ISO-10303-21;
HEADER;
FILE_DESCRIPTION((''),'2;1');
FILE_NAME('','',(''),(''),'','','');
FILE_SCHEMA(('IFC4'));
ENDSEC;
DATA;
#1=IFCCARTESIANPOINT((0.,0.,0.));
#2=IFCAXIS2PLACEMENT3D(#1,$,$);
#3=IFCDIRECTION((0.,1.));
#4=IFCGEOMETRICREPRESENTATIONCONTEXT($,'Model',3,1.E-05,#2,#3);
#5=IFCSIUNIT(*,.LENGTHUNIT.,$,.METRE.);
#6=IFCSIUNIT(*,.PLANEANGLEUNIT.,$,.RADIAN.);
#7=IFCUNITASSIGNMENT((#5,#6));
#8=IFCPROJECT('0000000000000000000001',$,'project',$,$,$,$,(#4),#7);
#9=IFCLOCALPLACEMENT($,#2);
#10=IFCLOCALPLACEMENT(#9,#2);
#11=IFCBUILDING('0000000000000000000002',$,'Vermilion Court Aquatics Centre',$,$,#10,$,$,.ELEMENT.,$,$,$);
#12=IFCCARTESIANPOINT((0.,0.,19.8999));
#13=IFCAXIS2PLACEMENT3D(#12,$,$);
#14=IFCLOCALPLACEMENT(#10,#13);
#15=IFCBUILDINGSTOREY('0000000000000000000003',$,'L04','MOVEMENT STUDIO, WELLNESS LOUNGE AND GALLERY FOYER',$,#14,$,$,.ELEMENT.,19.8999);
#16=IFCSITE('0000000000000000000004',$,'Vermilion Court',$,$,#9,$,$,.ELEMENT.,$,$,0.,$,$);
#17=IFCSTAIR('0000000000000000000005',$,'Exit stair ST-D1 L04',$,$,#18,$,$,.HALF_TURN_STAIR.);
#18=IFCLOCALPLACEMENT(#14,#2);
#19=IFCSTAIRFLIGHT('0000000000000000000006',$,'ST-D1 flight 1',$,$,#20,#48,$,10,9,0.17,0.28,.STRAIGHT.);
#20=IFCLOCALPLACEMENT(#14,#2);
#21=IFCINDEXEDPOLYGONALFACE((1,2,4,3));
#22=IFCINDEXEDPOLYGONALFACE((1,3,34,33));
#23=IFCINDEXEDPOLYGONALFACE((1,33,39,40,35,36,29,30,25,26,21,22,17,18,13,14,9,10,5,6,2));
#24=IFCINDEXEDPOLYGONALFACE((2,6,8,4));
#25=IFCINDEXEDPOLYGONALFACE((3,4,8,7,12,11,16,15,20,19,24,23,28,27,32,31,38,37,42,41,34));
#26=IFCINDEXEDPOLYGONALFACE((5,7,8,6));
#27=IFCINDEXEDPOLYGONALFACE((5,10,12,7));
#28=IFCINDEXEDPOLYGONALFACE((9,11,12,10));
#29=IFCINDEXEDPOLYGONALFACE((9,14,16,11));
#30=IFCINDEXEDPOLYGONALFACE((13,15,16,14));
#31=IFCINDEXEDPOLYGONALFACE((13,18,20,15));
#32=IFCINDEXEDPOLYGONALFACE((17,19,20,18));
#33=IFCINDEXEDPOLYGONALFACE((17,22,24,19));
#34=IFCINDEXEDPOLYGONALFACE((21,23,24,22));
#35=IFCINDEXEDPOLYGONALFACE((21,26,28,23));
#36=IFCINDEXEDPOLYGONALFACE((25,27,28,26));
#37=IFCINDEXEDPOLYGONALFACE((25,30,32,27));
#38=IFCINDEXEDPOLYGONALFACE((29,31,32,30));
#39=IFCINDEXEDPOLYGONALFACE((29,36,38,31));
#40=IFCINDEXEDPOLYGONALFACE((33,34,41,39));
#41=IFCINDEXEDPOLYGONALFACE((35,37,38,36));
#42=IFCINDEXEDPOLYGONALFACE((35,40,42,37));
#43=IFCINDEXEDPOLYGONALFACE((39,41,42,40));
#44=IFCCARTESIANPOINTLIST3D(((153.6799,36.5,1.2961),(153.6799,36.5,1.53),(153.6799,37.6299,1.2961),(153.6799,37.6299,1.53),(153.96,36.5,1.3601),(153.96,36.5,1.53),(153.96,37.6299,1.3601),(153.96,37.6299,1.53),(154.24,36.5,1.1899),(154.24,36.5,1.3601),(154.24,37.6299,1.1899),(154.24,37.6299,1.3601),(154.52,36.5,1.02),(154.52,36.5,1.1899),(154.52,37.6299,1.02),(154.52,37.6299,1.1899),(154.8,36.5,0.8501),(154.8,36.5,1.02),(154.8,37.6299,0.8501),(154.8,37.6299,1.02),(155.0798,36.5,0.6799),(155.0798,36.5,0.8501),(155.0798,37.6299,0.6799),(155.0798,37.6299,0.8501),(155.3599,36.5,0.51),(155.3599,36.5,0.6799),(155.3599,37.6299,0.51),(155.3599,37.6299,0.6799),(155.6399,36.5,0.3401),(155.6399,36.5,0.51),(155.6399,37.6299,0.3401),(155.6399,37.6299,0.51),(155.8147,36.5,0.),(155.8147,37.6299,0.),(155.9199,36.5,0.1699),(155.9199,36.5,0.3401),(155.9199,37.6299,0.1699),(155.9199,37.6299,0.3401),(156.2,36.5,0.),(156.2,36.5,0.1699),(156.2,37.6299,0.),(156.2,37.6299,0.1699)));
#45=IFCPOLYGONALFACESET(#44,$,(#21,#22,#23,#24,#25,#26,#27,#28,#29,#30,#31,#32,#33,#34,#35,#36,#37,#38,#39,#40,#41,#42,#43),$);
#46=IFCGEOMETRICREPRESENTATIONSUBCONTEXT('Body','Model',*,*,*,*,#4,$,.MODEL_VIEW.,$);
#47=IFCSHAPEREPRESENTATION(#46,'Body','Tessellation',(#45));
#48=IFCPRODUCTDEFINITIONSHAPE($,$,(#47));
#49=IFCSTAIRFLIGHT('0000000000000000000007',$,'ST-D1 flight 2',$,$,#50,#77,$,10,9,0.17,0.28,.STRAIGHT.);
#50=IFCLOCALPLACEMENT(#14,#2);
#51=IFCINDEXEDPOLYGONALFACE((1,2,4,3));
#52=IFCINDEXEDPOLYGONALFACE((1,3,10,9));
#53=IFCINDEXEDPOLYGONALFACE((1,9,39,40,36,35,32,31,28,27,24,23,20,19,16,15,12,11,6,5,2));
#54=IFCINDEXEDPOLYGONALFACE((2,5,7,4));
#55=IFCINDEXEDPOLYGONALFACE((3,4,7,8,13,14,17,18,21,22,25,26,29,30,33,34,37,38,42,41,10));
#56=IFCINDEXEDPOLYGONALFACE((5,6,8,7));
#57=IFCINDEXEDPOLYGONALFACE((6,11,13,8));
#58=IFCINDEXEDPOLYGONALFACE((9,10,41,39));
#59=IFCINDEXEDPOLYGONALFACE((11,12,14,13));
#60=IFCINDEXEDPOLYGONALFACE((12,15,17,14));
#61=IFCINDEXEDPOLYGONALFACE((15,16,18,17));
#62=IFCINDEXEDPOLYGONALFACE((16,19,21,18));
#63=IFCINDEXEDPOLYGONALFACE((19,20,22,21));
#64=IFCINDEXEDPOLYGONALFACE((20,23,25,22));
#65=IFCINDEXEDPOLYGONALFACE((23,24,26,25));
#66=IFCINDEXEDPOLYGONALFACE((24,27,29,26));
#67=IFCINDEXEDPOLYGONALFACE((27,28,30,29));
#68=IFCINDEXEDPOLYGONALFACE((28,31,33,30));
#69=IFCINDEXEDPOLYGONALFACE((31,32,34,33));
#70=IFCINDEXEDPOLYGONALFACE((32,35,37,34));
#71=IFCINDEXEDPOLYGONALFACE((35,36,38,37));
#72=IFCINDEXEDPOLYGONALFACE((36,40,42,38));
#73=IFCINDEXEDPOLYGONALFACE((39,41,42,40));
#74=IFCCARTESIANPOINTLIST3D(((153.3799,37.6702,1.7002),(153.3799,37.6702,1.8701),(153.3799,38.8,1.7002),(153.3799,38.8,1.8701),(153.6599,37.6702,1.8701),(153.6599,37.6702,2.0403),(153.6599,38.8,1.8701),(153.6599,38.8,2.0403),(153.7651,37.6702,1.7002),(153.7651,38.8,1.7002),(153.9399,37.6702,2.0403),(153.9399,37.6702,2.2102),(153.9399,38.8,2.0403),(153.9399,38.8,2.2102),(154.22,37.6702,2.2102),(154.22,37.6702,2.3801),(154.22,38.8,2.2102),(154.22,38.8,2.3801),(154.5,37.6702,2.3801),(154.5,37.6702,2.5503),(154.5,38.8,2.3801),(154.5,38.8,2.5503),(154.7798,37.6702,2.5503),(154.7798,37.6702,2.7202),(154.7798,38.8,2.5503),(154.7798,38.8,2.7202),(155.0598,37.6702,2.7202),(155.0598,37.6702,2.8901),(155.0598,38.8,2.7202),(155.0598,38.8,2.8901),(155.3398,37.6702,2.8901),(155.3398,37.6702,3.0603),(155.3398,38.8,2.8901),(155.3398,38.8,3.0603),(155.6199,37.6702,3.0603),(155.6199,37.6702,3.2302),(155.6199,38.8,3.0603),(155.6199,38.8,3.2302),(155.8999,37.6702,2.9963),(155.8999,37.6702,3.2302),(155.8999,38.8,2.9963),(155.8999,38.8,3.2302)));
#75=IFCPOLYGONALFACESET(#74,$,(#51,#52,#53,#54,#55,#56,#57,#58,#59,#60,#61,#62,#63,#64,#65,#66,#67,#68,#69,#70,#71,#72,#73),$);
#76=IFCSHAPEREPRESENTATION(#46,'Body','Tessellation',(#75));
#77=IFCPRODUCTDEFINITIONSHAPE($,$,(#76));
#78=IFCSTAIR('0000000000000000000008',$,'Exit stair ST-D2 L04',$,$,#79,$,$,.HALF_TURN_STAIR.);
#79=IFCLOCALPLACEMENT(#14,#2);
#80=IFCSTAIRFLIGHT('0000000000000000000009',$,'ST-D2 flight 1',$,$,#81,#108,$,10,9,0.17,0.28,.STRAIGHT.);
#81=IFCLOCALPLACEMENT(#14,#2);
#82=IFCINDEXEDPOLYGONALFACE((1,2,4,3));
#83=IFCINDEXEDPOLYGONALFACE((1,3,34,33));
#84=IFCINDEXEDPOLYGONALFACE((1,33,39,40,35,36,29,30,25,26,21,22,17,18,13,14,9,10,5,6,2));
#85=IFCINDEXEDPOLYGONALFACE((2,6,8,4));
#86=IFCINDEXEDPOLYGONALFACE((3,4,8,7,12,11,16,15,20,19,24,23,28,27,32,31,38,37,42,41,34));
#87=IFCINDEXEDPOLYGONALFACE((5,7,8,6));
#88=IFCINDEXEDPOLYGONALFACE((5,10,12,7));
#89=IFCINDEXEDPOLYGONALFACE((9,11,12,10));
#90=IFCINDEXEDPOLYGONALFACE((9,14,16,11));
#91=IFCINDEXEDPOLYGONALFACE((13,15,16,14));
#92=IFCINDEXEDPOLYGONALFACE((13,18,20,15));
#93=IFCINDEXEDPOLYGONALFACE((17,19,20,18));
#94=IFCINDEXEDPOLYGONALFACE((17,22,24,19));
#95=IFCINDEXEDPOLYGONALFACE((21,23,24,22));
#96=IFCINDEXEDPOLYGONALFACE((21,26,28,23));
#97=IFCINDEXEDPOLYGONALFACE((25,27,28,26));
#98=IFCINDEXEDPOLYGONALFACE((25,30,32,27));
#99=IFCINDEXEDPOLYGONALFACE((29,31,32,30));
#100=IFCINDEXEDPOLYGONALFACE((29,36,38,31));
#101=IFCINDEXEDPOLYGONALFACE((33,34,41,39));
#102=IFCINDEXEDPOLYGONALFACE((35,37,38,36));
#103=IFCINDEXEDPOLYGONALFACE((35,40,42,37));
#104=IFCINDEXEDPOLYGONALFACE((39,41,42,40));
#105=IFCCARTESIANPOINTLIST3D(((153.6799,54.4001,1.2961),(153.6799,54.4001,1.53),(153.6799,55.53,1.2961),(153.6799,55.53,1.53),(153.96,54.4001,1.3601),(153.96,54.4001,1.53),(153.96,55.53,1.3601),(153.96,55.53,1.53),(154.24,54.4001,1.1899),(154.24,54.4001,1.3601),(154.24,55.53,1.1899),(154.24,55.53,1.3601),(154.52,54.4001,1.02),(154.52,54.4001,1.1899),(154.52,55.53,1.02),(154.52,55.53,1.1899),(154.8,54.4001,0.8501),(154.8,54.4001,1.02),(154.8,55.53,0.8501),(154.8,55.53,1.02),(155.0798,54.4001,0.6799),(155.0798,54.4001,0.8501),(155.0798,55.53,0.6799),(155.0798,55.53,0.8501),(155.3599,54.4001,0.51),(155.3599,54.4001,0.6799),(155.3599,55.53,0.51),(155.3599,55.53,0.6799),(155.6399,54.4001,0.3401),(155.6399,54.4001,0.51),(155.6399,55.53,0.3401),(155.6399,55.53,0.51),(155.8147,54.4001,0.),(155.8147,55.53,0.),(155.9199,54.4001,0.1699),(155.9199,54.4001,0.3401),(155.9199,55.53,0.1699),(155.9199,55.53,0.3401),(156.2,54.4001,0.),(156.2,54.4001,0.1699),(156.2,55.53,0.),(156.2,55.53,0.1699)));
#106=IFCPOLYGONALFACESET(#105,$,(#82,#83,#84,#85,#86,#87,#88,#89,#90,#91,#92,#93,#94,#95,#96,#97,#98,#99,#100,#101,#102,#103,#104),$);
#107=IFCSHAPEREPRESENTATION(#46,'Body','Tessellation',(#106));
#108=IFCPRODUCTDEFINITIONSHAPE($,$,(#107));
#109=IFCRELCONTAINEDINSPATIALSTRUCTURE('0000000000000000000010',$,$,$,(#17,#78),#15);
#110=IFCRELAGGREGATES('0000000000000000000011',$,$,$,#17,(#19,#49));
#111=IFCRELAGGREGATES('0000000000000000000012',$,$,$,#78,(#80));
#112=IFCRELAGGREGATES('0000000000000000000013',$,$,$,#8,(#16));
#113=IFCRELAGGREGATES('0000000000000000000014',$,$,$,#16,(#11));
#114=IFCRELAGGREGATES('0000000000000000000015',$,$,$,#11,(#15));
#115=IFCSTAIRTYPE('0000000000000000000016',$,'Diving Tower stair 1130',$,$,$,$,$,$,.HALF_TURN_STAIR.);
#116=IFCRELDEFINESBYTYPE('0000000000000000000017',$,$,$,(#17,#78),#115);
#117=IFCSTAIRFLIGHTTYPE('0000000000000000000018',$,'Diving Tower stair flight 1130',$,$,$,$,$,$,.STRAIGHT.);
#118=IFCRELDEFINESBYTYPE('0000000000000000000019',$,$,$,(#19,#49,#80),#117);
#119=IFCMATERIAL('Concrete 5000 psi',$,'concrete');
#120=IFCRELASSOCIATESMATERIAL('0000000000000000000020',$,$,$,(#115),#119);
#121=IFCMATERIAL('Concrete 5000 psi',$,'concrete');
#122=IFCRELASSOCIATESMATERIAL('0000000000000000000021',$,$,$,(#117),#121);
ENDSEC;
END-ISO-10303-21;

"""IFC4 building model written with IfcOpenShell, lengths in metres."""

from ifc_helpers import new_model, si_unit, direction, frame, origin, place, context, subcontext, project, spatial, polyline, outline, extrude, material, type_object, element, aggregate, save


model = new_model("IFC4")

# Units and contexts
model_context = context("Model", 3, precision=1e-05, world=origin(), true_north=direction((0.0, 1.0)))
body_context = subcontext(model_context, "Body", "Model", "MODEL_VIEW")
ifc_project = project(units=[si_unit("LENGTHUNIT", "METRE"), si_unit("PLANEANGLEUNIT", "RADIAN")], contexts=[model_context])

# Site, building, storey
site_placement = place(None, origin())
site = spatial("IfcSite", under=ifc_project, at=site_placement, Name="Vermilion Court", CompositionType="ELEMENT", RefElevation=0.0)
building_placement = place(site_placement, origin())
building = spatial("IfcBuilding", under=site, at=building_placement, Name="Vermilion Court Aquatics Centre", CompositionType="ELEMENT")
storey_placement = place(building_placement, frame((0.0, 0.0, 19.8999)))
storey = spatial("IfcBuildingStorey", under=building, at=storey_placement, Name="L04", Description="MOVEMENT STUDIO, WELLNESS LOUNGE AND GALLERY FOYER", CompositionType="ELEMENT", Elevation=19.8999)

# Stair, stair flights
ifc_material_1 = material(Name="Concrete 5000 psi", Category="concrete")
stair_type = type_object("IfcStairType", Name="Diving Tower stair 1130", PredefinedType="HALF_TURN_STAIR", material=ifc_material_1)
stair_1_placement = place(storey_placement, origin())
stair_1 = element("IfcStair", 1, at=stair_1_placement, inside=storey, type_object=stair_type, Name="Exit stair ST-D1 L04", PredefinedType="HALF_TURN_STAIR")
ifc_material_2 = material(Name="Concrete 5000 psi", Category="concrete")
stair_flight_type = type_object("IfcStairFlightType", Name="Diving Tower stair flight 1130", PredefinedType="STRAIGHT", material=ifc_material_2)
stair_flight_1_placement = place(storey_placement, frame((156.2, 37.0649, 0.0), z_axis=(0.0, 0.0, 1.0), x_axis=(-1.0, 0.0, 0.0)))
stair_flight_1 = element("IfcStairFlight", 2, at=stair_flight_1_placement, type_object=stair_flight_type, Name="ST-D1 flight 1", NumberOfRisers=10, NumberOfTreads=9, PredefinedType="STRAIGHT", RiserHeight=0.17, TreadLength=0.28, context=body_context, shape_type="SweptSolid", body=[
    extrude(outline(polyline([(0.0, 0.0), (0.0, 0.1699), (0.28, 0.1699), (0.28, 0.3401), (0.5601, 0.3401), (0.5601, 0.51), (0.8401, 0.51), (0.8401, 0.6799), (1.1201, 0.6799), (1.1201, 0.8501), (1.3999, 0.8501), (1.3999, 1.02), (1.6799, 1.02), (1.6799, 1.1899), (1.96, 1.1899), (1.96, 1.3601), (2.24, 1.3601), (2.24, 1.53), (2.52, 1.53), (2.52, 1.7), (2.52, 1.2961), (0.3853, 0.0), (0.0, 0.0)])), frame((0.0, 0.5649, 0.0), z_axis=(0.0, -1.0, 0.0), x_axis=(1.0, 0.0, 0.0)), (0.0, 0.0, 1.0), 1.1299),
])
stair_flight_2_placement = place(storey_placement, frame((153.3799, 38.2351, 1.7002), z_axis=(0.0, 0.0, 1.0), x_axis=(1.0, 0.0, 0.0)))
stair_flight_2 = element("IfcStairFlight", 3, at=stair_flight_2_placement, type_object=stair_flight_type, Name="ST-D1 flight 2", NumberOfRisers=10, NumberOfTreads=9, PredefinedType="STRAIGHT", RiserHeight=0.17, TreadLength=0.28, context=body_context, shape_type="SweptSolid", body=[
    extrude(outline(polyline([(0.0, 0.0), (0.0, 0.1699), (0.28, 0.1699), (0.28, 0.3401), (0.5601, 0.3401), (0.5601, 0.51), (0.8401, 0.51), (0.8401, 0.6799), (1.1201, 0.6799), (1.1201, 0.8501), (1.3999, 0.8501), (1.3999, 1.02), (1.6799, 1.02), (1.6799, 1.1899), (1.96, 1.1899), (1.96, 1.3601), (2.24, 1.3601), (2.24, 1.53), (2.52, 1.53), (2.52, 1.7), (2.52, 1.2961), (0.3853, 0.0), (0.0, 0.0)])), frame((0.0, 0.5649, 0.0), z_axis=(0.0, -1.0, 0.0), x_axis=(1.0, 0.0, 0.0)), (0.0, 0.0, 1.0), 1.1299),
])
aggregate(stair_1, [stair_flight_1, stair_flight_2])

# Stair, stair flight
stair_2_placement = place(storey_placement, origin())
stair_2 = element("IfcStair", 4, at=stair_2_placement, inside=storey, type_object=stair_type, Name="Exit stair ST-D2 L04", PredefinedType="HALF_TURN_STAIR")
stair_flight_3_placement = place(storey_placement, frame((156.2, 54.9651, 0.0), z_axis=(0.0, 0.0, 1.0), x_axis=(-1.0, 0.0, 0.0)))
stair_flight_3 = element("IfcStairFlight", 5, at=stair_flight_3_placement, type_object=stair_flight_type, Name="ST-D2 flight 1", NumberOfRisers=10, NumberOfTreads=9, PredefinedType="STRAIGHT", RiserHeight=0.17, TreadLength=0.28, context=body_context, shape_type="SweptSolid", body=[
    extrude(outline(polyline([(0.0, 0.0), (0.0, 0.1699), (0.28, 0.1699), (0.28, 0.3401), (0.5601, 0.3401), (0.5601, 0.51), (0.8401, 0.51), (0.8401, 0.6799), (1.1201, 0.6799), (1.1201, 0.8501), (1.3999, 0.8501), (1.3999, 1.02), (1.6799, 1.02), (1.6799, 1.1899), (1.96, 1.1899), (1.96, 1.3601), (2.24, 1.3601), (2.24, 1.53), (2.52, 1.53), (2.52, 1.7), (2.52, 1.2961), (0.3853, 0.0), (0.0, 0.0)])), frame((0.0, 0.5649, 0.0), z_axis=(0.0, -1.0, 0.0), x_axis=(1.0, 0.0, 0.0)), (0.0, 0.0, 1.0), 1.1299),
])
aggregate(stair_2, [stair_flight_3])

save(model, "model.ifc")
